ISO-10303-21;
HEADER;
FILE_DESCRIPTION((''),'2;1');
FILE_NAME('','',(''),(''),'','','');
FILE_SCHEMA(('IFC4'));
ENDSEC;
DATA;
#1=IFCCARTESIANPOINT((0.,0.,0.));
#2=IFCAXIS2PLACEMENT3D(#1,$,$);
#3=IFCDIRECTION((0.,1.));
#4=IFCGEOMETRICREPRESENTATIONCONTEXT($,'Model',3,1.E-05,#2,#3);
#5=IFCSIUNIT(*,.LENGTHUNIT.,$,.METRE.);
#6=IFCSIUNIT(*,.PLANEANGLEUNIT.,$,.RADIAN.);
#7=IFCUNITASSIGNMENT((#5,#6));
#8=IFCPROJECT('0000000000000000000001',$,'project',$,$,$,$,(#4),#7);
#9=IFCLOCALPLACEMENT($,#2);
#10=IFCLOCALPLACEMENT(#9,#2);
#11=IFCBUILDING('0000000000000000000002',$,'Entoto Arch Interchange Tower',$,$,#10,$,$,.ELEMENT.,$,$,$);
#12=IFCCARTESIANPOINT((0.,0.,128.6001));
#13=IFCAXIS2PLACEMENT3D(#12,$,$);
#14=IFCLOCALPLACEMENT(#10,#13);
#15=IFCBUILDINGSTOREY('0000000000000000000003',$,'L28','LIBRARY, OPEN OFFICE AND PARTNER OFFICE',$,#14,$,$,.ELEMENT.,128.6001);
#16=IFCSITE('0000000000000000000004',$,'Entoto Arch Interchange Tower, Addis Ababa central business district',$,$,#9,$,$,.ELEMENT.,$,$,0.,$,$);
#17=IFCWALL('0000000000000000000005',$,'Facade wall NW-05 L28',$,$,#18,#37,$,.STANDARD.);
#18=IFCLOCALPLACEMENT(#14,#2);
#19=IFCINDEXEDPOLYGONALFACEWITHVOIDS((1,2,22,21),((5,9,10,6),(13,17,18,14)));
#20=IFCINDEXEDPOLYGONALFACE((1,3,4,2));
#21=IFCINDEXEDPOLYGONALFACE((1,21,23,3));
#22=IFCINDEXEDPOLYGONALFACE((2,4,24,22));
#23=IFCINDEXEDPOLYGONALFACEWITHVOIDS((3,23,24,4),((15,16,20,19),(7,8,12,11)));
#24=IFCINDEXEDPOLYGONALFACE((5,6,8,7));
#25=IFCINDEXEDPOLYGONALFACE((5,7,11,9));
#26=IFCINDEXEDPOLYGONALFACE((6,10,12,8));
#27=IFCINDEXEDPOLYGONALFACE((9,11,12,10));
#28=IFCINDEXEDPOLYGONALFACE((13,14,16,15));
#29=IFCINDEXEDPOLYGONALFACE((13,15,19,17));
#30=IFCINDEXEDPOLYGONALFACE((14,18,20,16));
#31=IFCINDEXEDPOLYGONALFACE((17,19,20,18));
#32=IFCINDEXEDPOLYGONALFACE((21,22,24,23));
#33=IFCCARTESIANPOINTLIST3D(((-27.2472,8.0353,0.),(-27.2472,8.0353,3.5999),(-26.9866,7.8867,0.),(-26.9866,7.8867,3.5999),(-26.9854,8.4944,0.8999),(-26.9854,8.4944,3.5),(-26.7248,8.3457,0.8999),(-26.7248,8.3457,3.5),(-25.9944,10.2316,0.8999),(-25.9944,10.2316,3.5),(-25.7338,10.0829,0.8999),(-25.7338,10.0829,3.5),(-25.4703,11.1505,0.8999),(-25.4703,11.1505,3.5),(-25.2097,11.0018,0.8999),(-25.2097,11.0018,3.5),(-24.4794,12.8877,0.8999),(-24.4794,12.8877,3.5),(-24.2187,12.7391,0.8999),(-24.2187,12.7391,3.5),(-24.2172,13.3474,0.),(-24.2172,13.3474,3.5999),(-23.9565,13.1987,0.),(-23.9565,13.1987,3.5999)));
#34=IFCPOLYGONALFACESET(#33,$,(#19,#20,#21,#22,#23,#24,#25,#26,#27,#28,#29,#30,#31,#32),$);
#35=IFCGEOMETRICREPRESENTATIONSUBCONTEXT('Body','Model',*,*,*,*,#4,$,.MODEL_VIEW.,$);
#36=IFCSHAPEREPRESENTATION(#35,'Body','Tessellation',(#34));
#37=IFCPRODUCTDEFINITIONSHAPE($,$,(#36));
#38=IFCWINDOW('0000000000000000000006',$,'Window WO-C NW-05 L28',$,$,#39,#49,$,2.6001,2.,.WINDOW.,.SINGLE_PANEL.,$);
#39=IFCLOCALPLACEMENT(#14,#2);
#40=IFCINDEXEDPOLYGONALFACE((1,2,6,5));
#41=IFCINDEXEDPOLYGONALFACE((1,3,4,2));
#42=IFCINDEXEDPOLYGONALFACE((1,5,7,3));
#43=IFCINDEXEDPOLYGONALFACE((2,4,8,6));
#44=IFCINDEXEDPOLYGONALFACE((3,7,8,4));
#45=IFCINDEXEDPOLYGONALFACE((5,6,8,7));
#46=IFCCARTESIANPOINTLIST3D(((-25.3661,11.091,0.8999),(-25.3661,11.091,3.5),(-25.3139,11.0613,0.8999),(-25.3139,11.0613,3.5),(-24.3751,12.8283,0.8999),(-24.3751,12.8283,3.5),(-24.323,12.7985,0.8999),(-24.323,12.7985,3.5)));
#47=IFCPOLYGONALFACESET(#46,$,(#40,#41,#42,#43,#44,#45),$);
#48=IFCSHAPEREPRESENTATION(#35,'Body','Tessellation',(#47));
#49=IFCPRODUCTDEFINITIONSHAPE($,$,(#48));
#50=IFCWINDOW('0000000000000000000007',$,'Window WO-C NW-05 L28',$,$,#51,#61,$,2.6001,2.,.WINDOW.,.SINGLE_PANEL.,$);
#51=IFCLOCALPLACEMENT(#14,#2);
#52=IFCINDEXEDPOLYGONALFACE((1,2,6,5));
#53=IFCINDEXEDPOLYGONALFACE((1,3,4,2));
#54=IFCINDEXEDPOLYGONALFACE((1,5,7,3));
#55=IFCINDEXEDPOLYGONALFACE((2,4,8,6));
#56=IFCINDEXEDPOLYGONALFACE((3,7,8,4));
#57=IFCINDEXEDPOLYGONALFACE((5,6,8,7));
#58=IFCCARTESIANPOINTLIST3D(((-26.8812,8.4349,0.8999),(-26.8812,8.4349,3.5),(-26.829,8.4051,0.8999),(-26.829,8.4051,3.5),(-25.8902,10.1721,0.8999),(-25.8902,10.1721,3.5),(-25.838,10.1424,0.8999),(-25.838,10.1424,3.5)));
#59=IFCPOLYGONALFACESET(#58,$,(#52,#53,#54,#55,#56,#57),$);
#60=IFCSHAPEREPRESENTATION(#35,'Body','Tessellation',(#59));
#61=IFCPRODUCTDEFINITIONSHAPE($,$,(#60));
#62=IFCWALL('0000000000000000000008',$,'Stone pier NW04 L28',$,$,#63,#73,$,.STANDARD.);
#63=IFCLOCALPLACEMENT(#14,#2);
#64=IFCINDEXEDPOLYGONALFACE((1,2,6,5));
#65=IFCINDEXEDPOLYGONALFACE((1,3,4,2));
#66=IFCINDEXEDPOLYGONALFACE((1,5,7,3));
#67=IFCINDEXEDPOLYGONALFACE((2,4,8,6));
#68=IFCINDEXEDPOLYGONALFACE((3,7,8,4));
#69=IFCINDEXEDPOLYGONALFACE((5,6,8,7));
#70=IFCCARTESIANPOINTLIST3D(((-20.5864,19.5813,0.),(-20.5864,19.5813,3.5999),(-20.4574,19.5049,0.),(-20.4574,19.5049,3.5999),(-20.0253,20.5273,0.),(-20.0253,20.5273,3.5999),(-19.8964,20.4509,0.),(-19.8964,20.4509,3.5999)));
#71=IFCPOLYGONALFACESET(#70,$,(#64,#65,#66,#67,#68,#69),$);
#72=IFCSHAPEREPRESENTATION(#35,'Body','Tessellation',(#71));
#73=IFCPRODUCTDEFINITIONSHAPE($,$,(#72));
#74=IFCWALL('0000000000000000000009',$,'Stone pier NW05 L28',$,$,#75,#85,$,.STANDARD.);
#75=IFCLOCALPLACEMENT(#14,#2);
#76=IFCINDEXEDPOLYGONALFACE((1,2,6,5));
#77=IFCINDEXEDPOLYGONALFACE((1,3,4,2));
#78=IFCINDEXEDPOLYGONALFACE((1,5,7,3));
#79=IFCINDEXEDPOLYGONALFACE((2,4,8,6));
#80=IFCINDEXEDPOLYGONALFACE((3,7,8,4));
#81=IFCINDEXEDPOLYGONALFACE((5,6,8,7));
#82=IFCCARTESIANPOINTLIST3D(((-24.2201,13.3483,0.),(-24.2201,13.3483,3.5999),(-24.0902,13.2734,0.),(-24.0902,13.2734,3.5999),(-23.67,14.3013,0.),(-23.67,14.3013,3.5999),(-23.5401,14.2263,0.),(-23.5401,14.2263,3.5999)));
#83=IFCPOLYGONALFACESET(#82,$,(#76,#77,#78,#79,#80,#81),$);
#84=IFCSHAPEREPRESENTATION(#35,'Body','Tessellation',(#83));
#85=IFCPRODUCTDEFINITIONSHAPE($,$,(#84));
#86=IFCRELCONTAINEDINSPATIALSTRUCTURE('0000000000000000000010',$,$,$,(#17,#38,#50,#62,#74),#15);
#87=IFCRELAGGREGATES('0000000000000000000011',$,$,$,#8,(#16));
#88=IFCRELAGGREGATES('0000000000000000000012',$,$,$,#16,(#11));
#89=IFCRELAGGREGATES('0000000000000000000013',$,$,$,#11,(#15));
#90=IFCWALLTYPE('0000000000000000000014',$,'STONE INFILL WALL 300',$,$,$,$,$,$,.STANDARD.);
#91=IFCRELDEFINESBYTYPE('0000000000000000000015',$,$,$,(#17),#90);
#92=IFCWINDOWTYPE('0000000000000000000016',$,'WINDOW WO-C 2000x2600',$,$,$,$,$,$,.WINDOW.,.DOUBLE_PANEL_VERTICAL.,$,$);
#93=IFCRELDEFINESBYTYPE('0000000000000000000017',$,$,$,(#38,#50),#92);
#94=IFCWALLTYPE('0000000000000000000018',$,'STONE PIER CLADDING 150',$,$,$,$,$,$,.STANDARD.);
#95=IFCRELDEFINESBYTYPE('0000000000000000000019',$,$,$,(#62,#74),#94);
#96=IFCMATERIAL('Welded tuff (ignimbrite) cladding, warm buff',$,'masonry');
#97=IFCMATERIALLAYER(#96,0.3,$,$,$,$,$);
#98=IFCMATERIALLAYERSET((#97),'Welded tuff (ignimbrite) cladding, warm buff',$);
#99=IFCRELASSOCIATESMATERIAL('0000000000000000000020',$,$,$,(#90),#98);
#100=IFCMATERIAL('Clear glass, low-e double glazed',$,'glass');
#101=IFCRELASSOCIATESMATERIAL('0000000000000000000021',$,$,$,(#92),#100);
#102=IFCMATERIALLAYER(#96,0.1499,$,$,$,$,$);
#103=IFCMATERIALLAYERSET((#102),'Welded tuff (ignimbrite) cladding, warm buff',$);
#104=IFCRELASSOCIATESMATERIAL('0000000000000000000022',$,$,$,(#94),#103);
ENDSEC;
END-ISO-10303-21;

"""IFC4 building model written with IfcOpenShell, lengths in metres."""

from ifc_helpers import new_model, si_unit, direction, frame, frame_2d, origin, place, context, subcontext, project, spatial, rectangle, extrude, material, layer, layer_set, type_object, element, fill, save


model = new_model("IFC4")

# Units and contexts
model_context = context("Model", 3, precision=1e-05, world=origin(), true_north=direction((0.0, 1.0)))
body_context = subcontext(model_context, "Body", "Model", "MODEL_VIEW")
ifc_project = project(units=[si_unit("LENGTHUNIT", "METRE"), si_unit("PLANEANGLEUNIT", "RADIAN")], contexts=[model_context])

# Site, building, storey
site_placement = place(None, origin())
site = spatial("IfcSite", under=ifc_project, at=site_placement, Name="Entoto Arch Interchange Tower, Addis Ababa central business district", CompositionType="ELEMENT", RefElevation=0.0)
building_placement = place(site_placement, origin())
building = spatial("IfcBuilding", under=site, at=building_placement, Name="Entoto Arch Interchange Tower", CompositionType="ELEMENT")
storey_placement = place(building_placement, frame((0.0, 0.0, 128.6001)))
storey = spatial("IfcBuildingStorey", under=building, at=storey_placement, Name="L28", Description="LIBRARY, OPEN OFFICE AND PARTNER OFFICE", CompositionType="ELEMENT", Elevation=128.6001)

# Wall, openings, windows
ifc_material_1 = material(Name="Welded tuff (ignimbrite) cladding, warm buff", Category="masonry")
ifc_layer_1 = layer(ifc_material_1, 0.3)
ifc_layer_set_1 = layer_set([ifc_layer_1], Name="Welded tuff (ignimbrite) cladding, warm buff")
wall_type_1 = type_object("IfcWallType", Name="STONE INFILL WALL 300", PredefinedType="STANDARD", material=ifc_layer_set_1)
ifc_material_2 = material(Name="Clear glass, low-e double glazed", Category="glass")
window_type = type_object("IfcWindowType", Name="WINDOW WO-C 2000x2600", PartitioningType="DOUBLE_PANEL_VERTICAL", PredefinedType="WINDOW", material=ifc_material_2)
wall_1_placement = place(storey_placement, frame((-24.0869, 13.2729, 0.0), z_axis=(0.0, 0.0, 1.0), x_axis=(-0.495472, -0.868624, 0.0)))
wall_1 = element("IfcWall", 1, at=wall_1_placement, inside=storey, type_object=wall_type_1, Name="Facade wall NW-05 L28", PredefinedType="STANDARD", context=body_context, shape_type="SweptSolid", body=[
    extrude(rectangle(XDim=6.1155, YDim=0.3, at=frame_2d((3.0576, 0.0))), origin(), (0.0, 0.0, 1.0), 3.5999),
])
opening_1_placement = place(wall_1_placement, frame((0.5291, 0.0, 0.8999)))
opening_1 = element("IfcOpeningElement", 2, at=opening_1_placement, cuts=wall_1, PredefinedType="OPENING", context=body_context, shape_type="SweptSolid", body=[
    extrude(rectangle(XDim=2.0, YDim=2.6001, at=frame_2d((1.0, 1.3))), frame((0.0, 0.1602, 0.0), z_axis=(0.0, -1.0, 0.0), x_axis=(1.0, 0.0, 0.0)), (0.0, 0.0, 1.0), 0.3201),
])
opening_2_placement = place(wall_1_placement, frame((3.5869, 0.0, 0.8999)))
opening_2 = element("IfcOpeningElement", 3, at=opening_2_placement, cuts=wall_1, PredefinedType="OPENING", context=body_context, shape_type="SweptSolid", body=[
    extrude(rectangle(XDim=2.0, YDim=2.6001, at=frame_2d((1.0, 1.3))), frame((0.0, 0.1602, 0.0), z_axis=(0.0, -1.0, 0.0), x_axis=(1.0, 0.0, 0.0)), (0.0, 0.0, 1.0), 0.3201),
])
window_1_placement = place(opening_1_placement, origin())
window_1 = element("IfcWindow", 4, at=window_1_placement, inside=storey, type_object=window_type, Name="Window WO-C NW-05 L28", OverallHeight=2.6001, OverallWidth=2.0, PartitioningType="SINGLE_PANEL", PredefinedType="WINDOW", context=body_context, shape_type="SweptSolid", body=[
    extrude(rectangle(XDim=2.0, YDim=2.6001, at=frame_2d((1.0, 1.3))), frame((0.0, 0.03, 0.0), z_axis=(0.0, -1.0, 0.0), x_axis=(1.0, 0.0, 0.0)), (0.0, 0.0, 1.0), 0.0601),
])
fill(opening_1, window_1)
window_2_placement = place(opening_2_placement, origin())
window_2 = element("IfcWindow", 5, at=window_2_placement, inside=storey, type_object=window_type, Name="Window WO-C NW-05 L28", OverallHeight=2.6001, OverallWidth=2.0, PartitioningType="SINGLE_PANEL", PredefinedType="WINDOW", context=body_context, shape_type="SweptSolid", body=[
    extrude(rectangle(XDim=2.0, YDim=2.6001, at=frame_2d((1.0, 1.3))), frame((0.0, 0.03, 0.0), z_axis=(0.0, -1.0, 0.0), x_axis=(1.0, 0.0, 0.0)), (0.0, 0.0, 1.0), 0.0601),
])
fill(opening_2, window_2)

# Walls
ifc_layer_2 = layer(ifc_material_1, 0.1499)
ifc_layer_set_2 = layer_set([ifc_layer_2], Name="Welded tuff (ignimbrite) cladding, warm buff")
wall_type_2 = type_object("IfcWallType", Name="STONE PIER CLADDING 150", PredefinedType="STANDARD", material=ifc_layer_set_2)
wall_2_placement = place(storey_placement, frame((-19.9609, 20.489, 0.0), z_axis=(0.0, 0.0, 1.0), x_axis=(-0.510082, -0.860126, 0.0)))
element("IfcWall", 6, at=wall_2_placement, inside=storey, type_object=wall_type_2, Name="Stone pier NW04 L28", PredefinedType="STANDARD", context=body_context, shape_type="SweptSolid", body=[
    extrude(rectangle(XDim=1.0999, YDim=0.1499, at=frame_2d((0.5498, 0.0))), origin(), (0.0, 0.0, 1.0), 3.5999),
])
wall_3_placement = place(storey_placement, frame((-23.605, 14.2639, 0.0), z_axis=(0.0, 0.0, 1.0), x_axis=(-0.499934, -0.866064, 0.0)))
element("IfcWall", 7, at=wall_3_placement, inside=storey, type_object=wall_type_2, Name="Stone pier NW05 L28", PredefinedType="STANDARD", context=body_context, shape_type="SweptSolid", body=[
    extrude(rectangle(XDim=1.1003, YDim=0.1499, at=frame_2d((0.5503, 0.0))), origin(), (0.0, 0.0, 1.0), 3.5999),
])

save(model, "model.ifc")
